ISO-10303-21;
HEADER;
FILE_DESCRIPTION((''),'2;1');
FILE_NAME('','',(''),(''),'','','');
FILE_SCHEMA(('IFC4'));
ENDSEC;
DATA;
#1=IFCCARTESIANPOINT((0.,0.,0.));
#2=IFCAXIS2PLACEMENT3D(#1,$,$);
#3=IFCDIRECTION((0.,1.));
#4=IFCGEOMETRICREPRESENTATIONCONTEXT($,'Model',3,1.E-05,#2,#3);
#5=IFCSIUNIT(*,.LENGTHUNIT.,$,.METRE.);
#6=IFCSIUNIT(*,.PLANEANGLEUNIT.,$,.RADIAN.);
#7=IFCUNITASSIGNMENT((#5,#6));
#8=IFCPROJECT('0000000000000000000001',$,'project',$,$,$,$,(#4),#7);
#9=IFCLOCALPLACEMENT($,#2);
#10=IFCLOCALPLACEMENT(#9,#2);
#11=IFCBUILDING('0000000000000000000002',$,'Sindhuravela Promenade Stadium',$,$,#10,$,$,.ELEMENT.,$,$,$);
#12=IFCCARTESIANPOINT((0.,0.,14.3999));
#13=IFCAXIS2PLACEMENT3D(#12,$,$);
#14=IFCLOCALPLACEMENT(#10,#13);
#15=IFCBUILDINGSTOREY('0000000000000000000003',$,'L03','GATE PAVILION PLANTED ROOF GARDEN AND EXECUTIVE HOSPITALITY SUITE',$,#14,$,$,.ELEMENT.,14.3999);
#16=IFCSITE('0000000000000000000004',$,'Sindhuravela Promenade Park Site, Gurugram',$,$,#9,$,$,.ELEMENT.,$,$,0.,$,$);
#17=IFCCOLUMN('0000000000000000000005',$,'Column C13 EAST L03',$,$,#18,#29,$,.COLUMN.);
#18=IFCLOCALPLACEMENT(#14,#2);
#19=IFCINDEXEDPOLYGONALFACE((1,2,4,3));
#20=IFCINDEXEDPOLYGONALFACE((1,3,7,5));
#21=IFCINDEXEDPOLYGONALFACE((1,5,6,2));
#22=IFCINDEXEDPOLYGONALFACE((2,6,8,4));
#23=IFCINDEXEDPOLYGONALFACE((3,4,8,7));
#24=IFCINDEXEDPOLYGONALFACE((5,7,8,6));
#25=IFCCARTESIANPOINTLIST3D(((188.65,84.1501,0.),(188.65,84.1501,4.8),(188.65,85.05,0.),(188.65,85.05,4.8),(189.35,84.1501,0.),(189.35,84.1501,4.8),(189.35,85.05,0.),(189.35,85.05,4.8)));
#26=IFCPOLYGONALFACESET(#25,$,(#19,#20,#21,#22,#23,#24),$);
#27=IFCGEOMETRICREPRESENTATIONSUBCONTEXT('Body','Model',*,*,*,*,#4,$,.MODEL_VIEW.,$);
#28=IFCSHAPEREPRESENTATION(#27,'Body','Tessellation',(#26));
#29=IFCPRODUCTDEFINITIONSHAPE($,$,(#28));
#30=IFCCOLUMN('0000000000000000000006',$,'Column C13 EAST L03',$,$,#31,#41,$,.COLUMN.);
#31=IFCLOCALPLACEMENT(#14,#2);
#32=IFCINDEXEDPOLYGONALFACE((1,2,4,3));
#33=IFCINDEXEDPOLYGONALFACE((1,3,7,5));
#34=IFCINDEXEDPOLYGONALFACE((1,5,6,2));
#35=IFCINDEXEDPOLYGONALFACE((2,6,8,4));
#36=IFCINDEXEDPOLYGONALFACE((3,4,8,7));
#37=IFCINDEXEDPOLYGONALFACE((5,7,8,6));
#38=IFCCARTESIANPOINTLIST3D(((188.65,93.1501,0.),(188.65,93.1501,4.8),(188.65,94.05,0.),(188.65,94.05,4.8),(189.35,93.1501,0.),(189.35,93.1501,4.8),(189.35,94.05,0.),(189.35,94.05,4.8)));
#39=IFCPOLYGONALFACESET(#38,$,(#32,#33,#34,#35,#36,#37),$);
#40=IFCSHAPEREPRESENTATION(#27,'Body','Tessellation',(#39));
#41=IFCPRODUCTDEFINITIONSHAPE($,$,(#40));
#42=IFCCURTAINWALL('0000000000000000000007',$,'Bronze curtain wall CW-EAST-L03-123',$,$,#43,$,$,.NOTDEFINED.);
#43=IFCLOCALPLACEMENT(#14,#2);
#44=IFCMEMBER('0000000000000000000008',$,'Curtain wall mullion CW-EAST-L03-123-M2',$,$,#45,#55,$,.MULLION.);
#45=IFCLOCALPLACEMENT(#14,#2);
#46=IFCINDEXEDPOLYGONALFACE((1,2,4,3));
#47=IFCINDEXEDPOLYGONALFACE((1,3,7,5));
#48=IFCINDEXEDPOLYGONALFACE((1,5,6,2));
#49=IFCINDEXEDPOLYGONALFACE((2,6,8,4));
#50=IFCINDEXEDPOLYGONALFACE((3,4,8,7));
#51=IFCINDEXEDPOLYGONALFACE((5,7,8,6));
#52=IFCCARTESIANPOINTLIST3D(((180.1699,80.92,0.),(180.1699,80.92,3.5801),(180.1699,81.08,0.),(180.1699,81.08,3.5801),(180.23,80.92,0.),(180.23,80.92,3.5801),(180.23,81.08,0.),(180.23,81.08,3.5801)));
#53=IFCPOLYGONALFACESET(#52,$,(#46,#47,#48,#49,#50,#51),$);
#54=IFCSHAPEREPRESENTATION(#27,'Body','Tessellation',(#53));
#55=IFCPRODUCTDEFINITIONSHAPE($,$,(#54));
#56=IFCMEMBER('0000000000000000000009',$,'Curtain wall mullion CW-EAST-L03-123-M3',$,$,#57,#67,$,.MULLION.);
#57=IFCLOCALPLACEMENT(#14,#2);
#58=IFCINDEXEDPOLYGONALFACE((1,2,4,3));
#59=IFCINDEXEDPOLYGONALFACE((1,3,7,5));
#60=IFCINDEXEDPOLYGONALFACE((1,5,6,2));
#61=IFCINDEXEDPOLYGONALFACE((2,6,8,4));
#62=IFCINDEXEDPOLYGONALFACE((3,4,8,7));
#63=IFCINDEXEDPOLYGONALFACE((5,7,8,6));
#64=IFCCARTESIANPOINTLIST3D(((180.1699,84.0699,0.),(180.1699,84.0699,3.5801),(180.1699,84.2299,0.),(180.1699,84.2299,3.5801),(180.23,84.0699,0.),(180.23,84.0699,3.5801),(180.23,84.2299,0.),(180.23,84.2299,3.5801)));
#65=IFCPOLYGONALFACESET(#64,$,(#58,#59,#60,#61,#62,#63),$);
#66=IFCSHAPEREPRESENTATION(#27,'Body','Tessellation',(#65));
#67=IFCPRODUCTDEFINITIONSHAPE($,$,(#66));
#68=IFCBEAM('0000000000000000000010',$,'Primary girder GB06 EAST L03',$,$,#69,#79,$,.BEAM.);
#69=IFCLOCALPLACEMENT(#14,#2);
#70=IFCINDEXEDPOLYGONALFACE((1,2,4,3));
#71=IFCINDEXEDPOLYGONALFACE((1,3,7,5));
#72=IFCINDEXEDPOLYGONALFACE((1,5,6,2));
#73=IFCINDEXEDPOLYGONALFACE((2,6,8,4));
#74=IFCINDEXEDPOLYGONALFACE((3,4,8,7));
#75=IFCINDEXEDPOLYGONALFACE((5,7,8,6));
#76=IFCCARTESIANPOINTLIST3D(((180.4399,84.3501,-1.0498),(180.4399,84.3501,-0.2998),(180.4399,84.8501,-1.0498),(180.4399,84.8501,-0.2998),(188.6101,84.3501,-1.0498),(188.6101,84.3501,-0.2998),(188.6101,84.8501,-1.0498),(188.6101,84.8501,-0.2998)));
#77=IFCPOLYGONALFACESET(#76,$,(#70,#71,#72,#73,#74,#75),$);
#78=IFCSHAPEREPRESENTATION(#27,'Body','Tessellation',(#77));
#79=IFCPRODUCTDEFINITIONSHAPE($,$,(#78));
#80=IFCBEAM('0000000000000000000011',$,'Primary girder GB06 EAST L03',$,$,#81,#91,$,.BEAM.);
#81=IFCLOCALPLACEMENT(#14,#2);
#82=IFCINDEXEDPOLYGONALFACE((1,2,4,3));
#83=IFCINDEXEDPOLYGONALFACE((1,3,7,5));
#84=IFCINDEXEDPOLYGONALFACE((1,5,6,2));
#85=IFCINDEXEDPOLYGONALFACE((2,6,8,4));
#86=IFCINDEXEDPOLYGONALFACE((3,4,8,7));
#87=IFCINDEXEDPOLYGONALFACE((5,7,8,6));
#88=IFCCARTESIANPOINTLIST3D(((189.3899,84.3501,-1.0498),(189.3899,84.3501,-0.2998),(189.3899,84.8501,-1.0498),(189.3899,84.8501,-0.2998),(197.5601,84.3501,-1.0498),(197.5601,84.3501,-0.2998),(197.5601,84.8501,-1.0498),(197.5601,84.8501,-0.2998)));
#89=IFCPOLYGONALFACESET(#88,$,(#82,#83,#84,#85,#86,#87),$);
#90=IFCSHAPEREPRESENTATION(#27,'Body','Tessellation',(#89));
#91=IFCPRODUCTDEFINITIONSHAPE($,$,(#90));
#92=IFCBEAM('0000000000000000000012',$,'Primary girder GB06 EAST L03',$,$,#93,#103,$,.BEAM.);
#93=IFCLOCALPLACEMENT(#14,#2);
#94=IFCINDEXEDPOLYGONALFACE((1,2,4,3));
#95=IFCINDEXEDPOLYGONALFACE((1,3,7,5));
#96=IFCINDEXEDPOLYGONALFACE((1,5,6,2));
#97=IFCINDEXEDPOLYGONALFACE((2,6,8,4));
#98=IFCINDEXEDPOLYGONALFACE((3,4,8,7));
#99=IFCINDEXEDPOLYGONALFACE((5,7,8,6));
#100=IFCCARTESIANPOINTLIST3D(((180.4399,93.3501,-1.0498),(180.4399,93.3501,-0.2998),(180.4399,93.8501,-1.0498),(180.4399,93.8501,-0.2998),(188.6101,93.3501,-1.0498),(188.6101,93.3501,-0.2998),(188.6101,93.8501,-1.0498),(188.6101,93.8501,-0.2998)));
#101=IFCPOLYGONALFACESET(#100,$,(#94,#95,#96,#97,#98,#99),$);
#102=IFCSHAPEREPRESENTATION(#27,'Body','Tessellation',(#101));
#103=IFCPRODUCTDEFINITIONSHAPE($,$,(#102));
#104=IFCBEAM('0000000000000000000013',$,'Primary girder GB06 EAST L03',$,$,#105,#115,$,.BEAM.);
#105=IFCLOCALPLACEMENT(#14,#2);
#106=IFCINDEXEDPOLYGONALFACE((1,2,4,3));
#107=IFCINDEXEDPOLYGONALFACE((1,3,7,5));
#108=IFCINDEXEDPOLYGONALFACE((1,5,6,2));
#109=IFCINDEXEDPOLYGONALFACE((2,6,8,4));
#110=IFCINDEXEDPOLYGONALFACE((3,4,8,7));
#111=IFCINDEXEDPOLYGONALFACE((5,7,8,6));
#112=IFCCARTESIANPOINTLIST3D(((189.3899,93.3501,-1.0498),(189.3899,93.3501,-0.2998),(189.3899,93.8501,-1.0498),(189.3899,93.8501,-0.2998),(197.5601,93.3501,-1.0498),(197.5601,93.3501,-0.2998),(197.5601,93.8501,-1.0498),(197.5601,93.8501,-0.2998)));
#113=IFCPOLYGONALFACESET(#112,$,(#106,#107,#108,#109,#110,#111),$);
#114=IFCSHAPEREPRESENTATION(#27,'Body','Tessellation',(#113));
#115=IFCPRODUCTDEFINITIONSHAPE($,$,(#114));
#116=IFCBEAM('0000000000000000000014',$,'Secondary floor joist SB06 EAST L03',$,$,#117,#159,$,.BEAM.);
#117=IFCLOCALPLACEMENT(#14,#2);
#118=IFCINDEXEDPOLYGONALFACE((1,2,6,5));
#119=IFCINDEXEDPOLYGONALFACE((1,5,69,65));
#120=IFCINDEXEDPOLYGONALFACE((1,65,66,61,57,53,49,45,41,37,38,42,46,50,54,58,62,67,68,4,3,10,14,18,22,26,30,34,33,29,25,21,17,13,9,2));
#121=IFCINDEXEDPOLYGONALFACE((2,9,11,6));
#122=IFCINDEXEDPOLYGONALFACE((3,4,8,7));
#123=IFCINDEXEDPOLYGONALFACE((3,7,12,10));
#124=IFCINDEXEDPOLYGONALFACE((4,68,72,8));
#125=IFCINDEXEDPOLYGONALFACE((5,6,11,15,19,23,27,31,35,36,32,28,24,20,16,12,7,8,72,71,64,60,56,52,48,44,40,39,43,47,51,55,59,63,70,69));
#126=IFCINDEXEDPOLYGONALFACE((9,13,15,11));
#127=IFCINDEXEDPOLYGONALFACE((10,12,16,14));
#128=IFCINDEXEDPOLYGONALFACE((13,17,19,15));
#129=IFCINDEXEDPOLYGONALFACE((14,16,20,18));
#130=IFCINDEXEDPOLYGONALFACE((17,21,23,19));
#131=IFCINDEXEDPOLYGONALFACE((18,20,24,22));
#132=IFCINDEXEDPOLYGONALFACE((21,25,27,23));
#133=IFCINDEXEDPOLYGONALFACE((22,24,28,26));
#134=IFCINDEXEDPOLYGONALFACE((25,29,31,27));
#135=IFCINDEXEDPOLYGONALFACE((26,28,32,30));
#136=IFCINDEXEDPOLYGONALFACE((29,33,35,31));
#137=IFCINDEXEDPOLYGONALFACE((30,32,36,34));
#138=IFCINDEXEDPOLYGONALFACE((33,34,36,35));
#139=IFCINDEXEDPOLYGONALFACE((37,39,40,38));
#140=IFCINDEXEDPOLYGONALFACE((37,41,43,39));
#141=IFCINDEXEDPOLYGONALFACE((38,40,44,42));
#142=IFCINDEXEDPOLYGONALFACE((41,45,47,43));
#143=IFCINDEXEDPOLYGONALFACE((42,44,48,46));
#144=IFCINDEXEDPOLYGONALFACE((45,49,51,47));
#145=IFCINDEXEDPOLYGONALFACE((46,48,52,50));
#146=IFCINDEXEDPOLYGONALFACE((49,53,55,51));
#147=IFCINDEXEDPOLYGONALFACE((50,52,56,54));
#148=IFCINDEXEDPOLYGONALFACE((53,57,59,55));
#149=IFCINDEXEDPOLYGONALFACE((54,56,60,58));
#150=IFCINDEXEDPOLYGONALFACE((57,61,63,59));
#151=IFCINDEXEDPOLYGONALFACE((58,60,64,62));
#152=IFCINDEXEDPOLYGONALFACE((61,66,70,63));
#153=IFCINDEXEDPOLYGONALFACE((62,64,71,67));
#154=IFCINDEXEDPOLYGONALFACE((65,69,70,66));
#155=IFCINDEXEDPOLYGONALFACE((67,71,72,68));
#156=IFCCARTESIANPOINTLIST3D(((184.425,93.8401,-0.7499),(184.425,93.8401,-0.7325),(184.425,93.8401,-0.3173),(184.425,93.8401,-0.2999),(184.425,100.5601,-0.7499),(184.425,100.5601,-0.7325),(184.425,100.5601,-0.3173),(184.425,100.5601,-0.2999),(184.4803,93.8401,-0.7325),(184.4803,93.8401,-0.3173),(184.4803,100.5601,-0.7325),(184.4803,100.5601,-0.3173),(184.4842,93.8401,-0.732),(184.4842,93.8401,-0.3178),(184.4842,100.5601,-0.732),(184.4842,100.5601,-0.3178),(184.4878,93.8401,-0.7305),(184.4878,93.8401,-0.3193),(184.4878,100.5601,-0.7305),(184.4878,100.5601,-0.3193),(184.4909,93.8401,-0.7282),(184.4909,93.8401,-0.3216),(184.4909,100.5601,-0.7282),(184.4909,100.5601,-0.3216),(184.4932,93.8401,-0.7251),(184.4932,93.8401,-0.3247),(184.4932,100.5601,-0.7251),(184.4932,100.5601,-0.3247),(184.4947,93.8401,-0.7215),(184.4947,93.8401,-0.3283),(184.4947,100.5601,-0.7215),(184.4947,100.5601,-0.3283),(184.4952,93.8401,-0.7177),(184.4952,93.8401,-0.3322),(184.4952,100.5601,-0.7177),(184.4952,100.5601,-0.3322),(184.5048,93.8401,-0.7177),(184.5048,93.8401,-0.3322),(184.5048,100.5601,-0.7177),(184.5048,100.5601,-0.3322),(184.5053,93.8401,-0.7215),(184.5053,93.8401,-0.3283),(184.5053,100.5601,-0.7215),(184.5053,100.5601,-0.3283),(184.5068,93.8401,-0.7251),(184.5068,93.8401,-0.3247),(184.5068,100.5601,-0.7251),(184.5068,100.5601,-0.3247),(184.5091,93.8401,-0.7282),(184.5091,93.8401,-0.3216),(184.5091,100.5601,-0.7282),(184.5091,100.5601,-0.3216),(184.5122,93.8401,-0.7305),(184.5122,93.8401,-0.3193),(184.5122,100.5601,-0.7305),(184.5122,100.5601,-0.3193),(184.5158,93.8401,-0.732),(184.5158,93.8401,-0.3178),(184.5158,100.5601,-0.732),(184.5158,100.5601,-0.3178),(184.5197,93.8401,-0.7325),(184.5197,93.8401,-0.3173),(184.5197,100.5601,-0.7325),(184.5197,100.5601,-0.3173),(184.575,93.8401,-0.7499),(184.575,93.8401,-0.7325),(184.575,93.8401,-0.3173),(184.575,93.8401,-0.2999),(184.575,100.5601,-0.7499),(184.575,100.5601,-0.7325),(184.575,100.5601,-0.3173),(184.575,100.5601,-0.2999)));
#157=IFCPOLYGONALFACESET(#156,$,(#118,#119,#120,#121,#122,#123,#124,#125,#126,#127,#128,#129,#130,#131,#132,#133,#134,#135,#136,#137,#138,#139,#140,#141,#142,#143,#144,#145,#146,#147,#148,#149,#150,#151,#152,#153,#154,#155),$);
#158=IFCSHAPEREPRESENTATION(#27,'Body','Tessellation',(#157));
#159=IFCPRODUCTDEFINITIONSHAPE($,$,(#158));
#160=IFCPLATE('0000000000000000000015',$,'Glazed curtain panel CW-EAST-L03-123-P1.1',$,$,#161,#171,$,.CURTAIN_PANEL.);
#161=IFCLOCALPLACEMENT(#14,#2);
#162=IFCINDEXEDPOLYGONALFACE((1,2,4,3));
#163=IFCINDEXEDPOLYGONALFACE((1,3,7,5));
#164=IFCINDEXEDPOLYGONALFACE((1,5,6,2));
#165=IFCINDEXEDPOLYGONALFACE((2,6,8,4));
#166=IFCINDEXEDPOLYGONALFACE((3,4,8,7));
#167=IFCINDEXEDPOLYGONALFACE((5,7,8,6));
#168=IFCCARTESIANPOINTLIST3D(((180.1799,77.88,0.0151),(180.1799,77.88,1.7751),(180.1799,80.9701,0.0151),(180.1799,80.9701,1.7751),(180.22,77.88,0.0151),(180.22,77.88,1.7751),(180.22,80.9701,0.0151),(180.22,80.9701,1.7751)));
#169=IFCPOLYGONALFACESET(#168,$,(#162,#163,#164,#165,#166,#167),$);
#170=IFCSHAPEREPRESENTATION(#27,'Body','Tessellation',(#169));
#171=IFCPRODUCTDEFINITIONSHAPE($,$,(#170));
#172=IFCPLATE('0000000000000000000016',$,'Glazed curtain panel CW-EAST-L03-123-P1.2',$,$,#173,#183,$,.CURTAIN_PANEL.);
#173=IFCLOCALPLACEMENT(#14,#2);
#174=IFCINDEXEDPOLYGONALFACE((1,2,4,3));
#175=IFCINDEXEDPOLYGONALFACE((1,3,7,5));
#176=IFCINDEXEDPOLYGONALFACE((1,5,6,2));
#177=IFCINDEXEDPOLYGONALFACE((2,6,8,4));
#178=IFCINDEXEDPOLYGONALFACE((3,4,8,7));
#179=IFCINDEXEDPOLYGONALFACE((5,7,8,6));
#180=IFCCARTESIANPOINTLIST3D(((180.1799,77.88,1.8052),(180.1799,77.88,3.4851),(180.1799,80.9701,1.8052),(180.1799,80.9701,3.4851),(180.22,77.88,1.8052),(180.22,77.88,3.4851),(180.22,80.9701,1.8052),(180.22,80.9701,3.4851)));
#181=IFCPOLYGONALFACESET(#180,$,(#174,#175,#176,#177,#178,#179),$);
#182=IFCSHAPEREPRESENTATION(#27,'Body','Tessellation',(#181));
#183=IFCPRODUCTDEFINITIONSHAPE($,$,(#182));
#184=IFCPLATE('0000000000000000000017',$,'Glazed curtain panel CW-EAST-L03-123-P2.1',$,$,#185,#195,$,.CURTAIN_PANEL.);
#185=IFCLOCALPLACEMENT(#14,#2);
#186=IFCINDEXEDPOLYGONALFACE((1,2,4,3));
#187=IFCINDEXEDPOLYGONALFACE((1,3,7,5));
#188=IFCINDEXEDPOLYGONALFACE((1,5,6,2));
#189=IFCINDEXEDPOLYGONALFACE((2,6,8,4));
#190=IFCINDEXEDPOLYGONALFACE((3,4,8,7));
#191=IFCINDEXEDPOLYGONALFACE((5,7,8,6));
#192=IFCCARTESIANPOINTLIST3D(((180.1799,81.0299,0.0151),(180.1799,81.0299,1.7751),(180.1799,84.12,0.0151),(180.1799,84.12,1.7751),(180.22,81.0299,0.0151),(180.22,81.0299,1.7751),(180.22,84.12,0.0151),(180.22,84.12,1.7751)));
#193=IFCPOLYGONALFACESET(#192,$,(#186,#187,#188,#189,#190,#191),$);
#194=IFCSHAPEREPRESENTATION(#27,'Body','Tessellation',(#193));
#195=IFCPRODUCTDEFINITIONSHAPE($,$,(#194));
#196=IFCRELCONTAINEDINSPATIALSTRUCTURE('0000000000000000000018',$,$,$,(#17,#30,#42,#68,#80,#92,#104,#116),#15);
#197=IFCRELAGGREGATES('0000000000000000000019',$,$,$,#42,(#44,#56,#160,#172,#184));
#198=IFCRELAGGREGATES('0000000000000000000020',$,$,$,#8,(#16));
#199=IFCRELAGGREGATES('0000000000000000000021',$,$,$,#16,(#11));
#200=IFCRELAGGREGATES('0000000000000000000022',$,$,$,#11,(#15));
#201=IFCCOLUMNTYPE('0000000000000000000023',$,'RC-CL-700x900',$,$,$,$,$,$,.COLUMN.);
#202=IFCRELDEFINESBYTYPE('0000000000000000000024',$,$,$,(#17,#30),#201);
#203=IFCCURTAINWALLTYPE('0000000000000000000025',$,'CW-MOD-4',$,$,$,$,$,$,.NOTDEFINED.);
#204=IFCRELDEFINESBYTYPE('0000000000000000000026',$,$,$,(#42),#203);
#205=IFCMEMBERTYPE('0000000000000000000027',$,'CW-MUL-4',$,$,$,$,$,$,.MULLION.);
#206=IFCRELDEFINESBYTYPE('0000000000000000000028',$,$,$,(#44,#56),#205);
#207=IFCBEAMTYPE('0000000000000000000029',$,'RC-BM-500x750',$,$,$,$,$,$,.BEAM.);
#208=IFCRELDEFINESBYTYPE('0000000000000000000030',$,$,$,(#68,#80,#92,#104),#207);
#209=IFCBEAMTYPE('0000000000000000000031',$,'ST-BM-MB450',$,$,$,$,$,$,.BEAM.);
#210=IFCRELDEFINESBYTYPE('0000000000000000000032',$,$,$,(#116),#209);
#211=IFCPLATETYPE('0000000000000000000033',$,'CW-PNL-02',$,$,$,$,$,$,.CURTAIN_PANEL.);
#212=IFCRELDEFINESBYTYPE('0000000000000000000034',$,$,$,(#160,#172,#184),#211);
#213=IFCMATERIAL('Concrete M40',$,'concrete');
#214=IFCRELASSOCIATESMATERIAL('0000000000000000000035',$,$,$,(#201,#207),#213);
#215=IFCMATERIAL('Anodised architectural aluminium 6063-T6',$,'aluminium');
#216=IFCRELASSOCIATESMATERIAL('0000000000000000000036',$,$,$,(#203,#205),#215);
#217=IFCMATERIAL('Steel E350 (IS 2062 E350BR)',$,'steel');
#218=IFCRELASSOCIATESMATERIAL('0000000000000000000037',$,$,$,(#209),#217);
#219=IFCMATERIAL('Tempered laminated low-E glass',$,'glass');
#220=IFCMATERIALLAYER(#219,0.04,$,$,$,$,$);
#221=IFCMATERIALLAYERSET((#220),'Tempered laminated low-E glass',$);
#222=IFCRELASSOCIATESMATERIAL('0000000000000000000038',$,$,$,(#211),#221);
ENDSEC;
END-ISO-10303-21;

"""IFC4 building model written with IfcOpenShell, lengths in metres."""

from ifc_helpers import new_model, si_unit, direction, frame, origin, origin_2d, place, context, subcontext, project, spatial, rectangle, i_section, extrude, material, layer, layer_set, material_profile, profile_set, type_object, element, aggregate, save


model = new_model("IFC4")

# Units and contexts
model_context = context("Model", 3, precision=1e-05, world=origin(), true_north=direction((0.0, 1.0)))
body_context = subcontext(model_context, "Body", "Model", "MODEL_VIEW")
ifc_project = project(units=[si_unit("LENGTHUNIT", "METRE"), si_unit("PLANEANGLEUNIT", "RADIAN")], contexts=[model_context])

# Site, building, storey
site_placement = place(None, origin())
site = spatial("IfcSite", under=ifc_project, at=site_placement, Name="Sindhuravela Promenade Park Site, Gurugram", CompositionType="ELEMENT", RefElevation=0.0)
building_placement = place(site_placement, origin())
building = spatial("IfcBuilding", under=site, at=building_placement, Name="Sindhuravela Promenade Stadium", CompositionType="ELEMENT")
storey_placement = place(building_placement, frame((0.0, 0.0, 14.3999)))
storey = spatial("IfcBuildingStorey", under=building, at=storey_placement, Name="L03", Description="GATE PAVILION PLANTED ROOF GARDEN AND EXECUTIVE HOSPITALITY SUITE", CompositionType="ELEMENT", Elevation=14.3999)

# Columns
ifc_material_1 = material(Name="Concrete M40", Category="concrete")
ifc_material_profile_1 = material_profile(ifc_material_1, rectangle(XDim=0.7, YDim=0.8999, at=origin_2d()), Name="RC 700x900")
ifc_profile_set_1 = profile_set([ifc_material_profile_1], Name="Concrete M40")
column_type = type_object("IfcColumnType", Name="RC-CL-700x900", PredefinedType="COLUMN", material=ifc_profile_set_1)
for number, where, z_axis, x_axis, name in (
    (1, (189.0, 84.6001, 0.0), (0.0, 0.0, 1.0), (1.0, 0.0, 0.0), "Column C13 EAST L03"),
    (2, (189.0, 93.6001, 0.0), (0.0, 0.0, 1.0), (1.0, 0.0, 0.0), "Column C13 EAST L03"),
):
    element("IfcColumn", number, at=place(storey_placement, frame(where, z_axis=z_axis, x_axis=x_axis)), inside=storey, type_object=column_type, Name=name, PredefinedType="COLUMN", context=body_context, shape_type="SweptSolid", body=[
        extrude(rectangle(XDim=0.7, YDim=0.8999, at=origin_2d()), origin(), (0.0, 0.0, 1.0), 4.8),
    ])

# Curtain wall, members
ifc_material_2 = material(Name="Anodised architectural aluminium 6063-T6", Category="aluminium")
curtain_wall_type = type_object("IfcCurtainWallType", Name="CW-MOD-4", PredefinedType="NOTDEFINED", material=ifc_material_2)
curtain_wall_placement = place(storey_placement, origin())
curtain_wall = element("IfcCurtainWall", 3, at=curtain_wall_placement, inside=storey, type_object=curtain_wall_type, Name="Bronze curtain wall CW-EAST-L03-123", PredefinedType="NOTDEFINED")
ifc_material_profile_2 = material_profile(ifc_material_2, rectangle(XDim=0.0601, YDim=0.1599, at=origin_2d()), Name="ALU M60x160")
ifc_profile_set_2 = profile_set([ifc_material_profile_2], Name="Anodised architectural aluminium 6063-T6")
member_type = type_object("IfcMemberType", Name="CW-MUL-4", PredefinedType="MULLION", material=ifc_profile_set_2)
member_1_placement = place(storey_placement, frame((180.2, 81.0, 0.0), z_axis=(0.0, 0.0, 1.0), x_axis=(1.0, 0.0, 0.0)))
member_1 = element("IfcMember", 4, at=member_1_placement, type_object=member_type, Name="Curtain wall mullion CW-EAST-L03-123-M2", PredefinedType="MULLION", context=body_context, shape_type="SweptSolid", body=[
    extrude(rectangle(XDim=0.0601, YDim=0.1599, at=origin_2d()), origin(), (0.0, 0.0, 1.0), 3.5801),
])
member_2_placement = place(storey_placement, frame((180.2, 84.1499, 0.0), z_axis=(0.0, 0.0, 1.0), x_axis=(1.0, 0.0, 0.0)))
member_2 = element("IfcMember", 5, at=member_2_placement, type_object=member_type, Name="Curtain wall mullion CW-EAST-L03-123-M3", PredefinedType="MULLION", context=body_context, shape_type="SweptSolid", body=[
    extrude(rectangle(XDim=0.0601, YDim=0.1599, at=origin_2d()), origin(), (0.0, 0.0, 1.0), 3.5801),
])

# Beams
ifc_material_profile_3 = material_profile(ifc_material_1, rectangle(XDim=0.5, YDim=0.75, at=origin_2d()), Name="RC 500x750")
ifc_profile_set_3 = profile_set([ifc_material_profile_3], Name="Concrete M40")
beam_type_1 = type_object("IfcBeamType", Name="RC-BM-500x750", PredefinedType="BEAM", material=ifc_profile_set_3)
for number, where, z_axis, x_axis, name in (
    (6, (180.4399, 84.6001, -0.6748), (1.0, 0.0, 0.0), (0.0, 1.0, 0.0), "Primary girder GB06 EAST L03"),
    (7, (189.3899, 84.6001, -0.6748), (1.0, 0.0, 0.0), (0.0, 1.0, 0.0), "Primary girder GB06 EAST L03"),
    (8, (180.4399, 93.6001, -0.6748), (1.0, 0.0, 0.0), (0.0, 1.0, 0.0), "Primary girder GB06 EAST L03"),
    (9, (189.3899, 93.6001, -0.6748), (1.0, 0.0, 0.0), (0.0, 1.0, 0.0), "Primary girder GB06 EAST L03"),
):
    element("IfcBeam", number, at=place(storey_placement, frame(where, z_axis=z_axis, x_axis=x_axis)), inside=storey, type_object=beam_type_1, Name=name, PredefinedType="BEAM", context=body_context, shape_type="SweptSolid", body=[
        extrude(rectangle(XDim=0.5, YDim=0.75, at=origin_2d()), origin(), (0.0, 0.0, 1.0), 8.1702),
    ])
ifc_material_3 = material(Name="Steel E350 (IS 2062 E350BR)", Category="steel")
ifc_material_profile_4 = material_profile(ifc_material_3, i_section(OverallWidth=0.1499, OverallDepth=0.45, WebThickness=0.0095, FlangeThickness=0.0173, FilletRadius=0.0149, at=origin_2d()), Name="ISMB 450")
ifc_profile_set_4 = profile_set([ifc_material_profile_4], Name="Steel E350 (IS 2062 E350BR)")
beam_type_2 = type_object("IfcBeamType", Name="ST-BM-MB450", PredefinedType="BEAM", material=ifc_profile_set_4)
beam_placement = place(storey_placement, frame((184.5, 93.8401, -0.5249), z_axis=(0.0, 1.0, 0.0), x_axis=(-1.0, 0.0, 0.0)))
element("IfcBeam", 10, at=beam_placement, inside=storey, type_object=beam_type_2, Name="Secondary floor joist SB06 EAST L03", PredefinedType="BEAM", context=body_context, shape_type="SweptSolid", body=[
    extrude(i_section(OverallWidth=0.1499, OverallDepth=0.45, WebThickness=0.0095, FlangeThickness=0.0173, FilletRadius=0.0149, at=origin_2d()), origin(), (0.0, 0.0, 1.0), 6.72),
])

# Plates
ifc_material_4 = material(Name="Tempered laminated low-E glass", Category="glass")
ifc_layer_1 = layer(ifc_material_4, 0.04)
ifc_layer_set_1 = layer_set([ifc_layer_1], Name="Tempered laminated low-E glass")
plate_type = type_object("IfcPlateType", Name="CW-PNL-02", PredefinedType="CURTAIN_PANEL", material=ifc_layer_set_1)
plate_1_placement = place(storey_placement, frame((180.2, 79.425, 0.0151), z_axis=(0.0, 0.0, 1.0), x_axis=(0.0, 1.0, 0.0)))
plate_1 = element("IfcPlate", 11, at=plate_1_placement, type_object=plate_type, Name="Glazed curtain panel CW-EAST-L03-123-P1.1", PredefinedType="CURTAIN_PANEL", context=body_context, shape_type="SweptSolid", body=[
    extrude(rectangle(XDim=3.0901, YDim=0.04, at=origin_2d()), origin(), (0.0, 0.0, 1.0), 1.76),
])
plate_2_placement = place(storey_placement, frame((180.2, 79.425, 1.8052), z_axis=(0.0, 0.0, 1.0), x_axis=(0.0, 1.0, 0.0)))
plate_2 = element("IfcPlate", 12, at=plate_2_placement, type_object=plate_type, Name="Glazed curtain panel CW-EAST-L03-123-P1.2", PredefinedType="CURTAIN_PANEL", context=body_context, shape_type="SweptSolid", body=[
    extrude(rectangle(XDim=3.0901, YDim=0.04, at=origin_2d()), origin(), (0.0, 0.0, 1.0), 1.6799),
])
plate_3_placement = place(storey_placement, frame((180.2, 82.575, 0.0151), z_axis=(0.0, 0.0, 1.0), x_axis=(0.0, 1.0, 0.0)))
plate_3 = element("IfcPlate", 13, at=plate_3_placement, type_object=plate_type, Name="Glazed curtain panel CW-EAST-L03-123-P2.1", PredefinedType="CURTAIN_PANEL", context=body_context, shape_type="SweptSolid", body=[
    extrude(rectangle(XDim=3.0901, YDim=0.04, at=origin_2d()), origin(), (0.0, 0.0, 1.0), 1.76),
])
aggregate(curtain_wall, [member_1, member_2, plate_1, plate_2, plate_3])

save(model, "model.ifc")
